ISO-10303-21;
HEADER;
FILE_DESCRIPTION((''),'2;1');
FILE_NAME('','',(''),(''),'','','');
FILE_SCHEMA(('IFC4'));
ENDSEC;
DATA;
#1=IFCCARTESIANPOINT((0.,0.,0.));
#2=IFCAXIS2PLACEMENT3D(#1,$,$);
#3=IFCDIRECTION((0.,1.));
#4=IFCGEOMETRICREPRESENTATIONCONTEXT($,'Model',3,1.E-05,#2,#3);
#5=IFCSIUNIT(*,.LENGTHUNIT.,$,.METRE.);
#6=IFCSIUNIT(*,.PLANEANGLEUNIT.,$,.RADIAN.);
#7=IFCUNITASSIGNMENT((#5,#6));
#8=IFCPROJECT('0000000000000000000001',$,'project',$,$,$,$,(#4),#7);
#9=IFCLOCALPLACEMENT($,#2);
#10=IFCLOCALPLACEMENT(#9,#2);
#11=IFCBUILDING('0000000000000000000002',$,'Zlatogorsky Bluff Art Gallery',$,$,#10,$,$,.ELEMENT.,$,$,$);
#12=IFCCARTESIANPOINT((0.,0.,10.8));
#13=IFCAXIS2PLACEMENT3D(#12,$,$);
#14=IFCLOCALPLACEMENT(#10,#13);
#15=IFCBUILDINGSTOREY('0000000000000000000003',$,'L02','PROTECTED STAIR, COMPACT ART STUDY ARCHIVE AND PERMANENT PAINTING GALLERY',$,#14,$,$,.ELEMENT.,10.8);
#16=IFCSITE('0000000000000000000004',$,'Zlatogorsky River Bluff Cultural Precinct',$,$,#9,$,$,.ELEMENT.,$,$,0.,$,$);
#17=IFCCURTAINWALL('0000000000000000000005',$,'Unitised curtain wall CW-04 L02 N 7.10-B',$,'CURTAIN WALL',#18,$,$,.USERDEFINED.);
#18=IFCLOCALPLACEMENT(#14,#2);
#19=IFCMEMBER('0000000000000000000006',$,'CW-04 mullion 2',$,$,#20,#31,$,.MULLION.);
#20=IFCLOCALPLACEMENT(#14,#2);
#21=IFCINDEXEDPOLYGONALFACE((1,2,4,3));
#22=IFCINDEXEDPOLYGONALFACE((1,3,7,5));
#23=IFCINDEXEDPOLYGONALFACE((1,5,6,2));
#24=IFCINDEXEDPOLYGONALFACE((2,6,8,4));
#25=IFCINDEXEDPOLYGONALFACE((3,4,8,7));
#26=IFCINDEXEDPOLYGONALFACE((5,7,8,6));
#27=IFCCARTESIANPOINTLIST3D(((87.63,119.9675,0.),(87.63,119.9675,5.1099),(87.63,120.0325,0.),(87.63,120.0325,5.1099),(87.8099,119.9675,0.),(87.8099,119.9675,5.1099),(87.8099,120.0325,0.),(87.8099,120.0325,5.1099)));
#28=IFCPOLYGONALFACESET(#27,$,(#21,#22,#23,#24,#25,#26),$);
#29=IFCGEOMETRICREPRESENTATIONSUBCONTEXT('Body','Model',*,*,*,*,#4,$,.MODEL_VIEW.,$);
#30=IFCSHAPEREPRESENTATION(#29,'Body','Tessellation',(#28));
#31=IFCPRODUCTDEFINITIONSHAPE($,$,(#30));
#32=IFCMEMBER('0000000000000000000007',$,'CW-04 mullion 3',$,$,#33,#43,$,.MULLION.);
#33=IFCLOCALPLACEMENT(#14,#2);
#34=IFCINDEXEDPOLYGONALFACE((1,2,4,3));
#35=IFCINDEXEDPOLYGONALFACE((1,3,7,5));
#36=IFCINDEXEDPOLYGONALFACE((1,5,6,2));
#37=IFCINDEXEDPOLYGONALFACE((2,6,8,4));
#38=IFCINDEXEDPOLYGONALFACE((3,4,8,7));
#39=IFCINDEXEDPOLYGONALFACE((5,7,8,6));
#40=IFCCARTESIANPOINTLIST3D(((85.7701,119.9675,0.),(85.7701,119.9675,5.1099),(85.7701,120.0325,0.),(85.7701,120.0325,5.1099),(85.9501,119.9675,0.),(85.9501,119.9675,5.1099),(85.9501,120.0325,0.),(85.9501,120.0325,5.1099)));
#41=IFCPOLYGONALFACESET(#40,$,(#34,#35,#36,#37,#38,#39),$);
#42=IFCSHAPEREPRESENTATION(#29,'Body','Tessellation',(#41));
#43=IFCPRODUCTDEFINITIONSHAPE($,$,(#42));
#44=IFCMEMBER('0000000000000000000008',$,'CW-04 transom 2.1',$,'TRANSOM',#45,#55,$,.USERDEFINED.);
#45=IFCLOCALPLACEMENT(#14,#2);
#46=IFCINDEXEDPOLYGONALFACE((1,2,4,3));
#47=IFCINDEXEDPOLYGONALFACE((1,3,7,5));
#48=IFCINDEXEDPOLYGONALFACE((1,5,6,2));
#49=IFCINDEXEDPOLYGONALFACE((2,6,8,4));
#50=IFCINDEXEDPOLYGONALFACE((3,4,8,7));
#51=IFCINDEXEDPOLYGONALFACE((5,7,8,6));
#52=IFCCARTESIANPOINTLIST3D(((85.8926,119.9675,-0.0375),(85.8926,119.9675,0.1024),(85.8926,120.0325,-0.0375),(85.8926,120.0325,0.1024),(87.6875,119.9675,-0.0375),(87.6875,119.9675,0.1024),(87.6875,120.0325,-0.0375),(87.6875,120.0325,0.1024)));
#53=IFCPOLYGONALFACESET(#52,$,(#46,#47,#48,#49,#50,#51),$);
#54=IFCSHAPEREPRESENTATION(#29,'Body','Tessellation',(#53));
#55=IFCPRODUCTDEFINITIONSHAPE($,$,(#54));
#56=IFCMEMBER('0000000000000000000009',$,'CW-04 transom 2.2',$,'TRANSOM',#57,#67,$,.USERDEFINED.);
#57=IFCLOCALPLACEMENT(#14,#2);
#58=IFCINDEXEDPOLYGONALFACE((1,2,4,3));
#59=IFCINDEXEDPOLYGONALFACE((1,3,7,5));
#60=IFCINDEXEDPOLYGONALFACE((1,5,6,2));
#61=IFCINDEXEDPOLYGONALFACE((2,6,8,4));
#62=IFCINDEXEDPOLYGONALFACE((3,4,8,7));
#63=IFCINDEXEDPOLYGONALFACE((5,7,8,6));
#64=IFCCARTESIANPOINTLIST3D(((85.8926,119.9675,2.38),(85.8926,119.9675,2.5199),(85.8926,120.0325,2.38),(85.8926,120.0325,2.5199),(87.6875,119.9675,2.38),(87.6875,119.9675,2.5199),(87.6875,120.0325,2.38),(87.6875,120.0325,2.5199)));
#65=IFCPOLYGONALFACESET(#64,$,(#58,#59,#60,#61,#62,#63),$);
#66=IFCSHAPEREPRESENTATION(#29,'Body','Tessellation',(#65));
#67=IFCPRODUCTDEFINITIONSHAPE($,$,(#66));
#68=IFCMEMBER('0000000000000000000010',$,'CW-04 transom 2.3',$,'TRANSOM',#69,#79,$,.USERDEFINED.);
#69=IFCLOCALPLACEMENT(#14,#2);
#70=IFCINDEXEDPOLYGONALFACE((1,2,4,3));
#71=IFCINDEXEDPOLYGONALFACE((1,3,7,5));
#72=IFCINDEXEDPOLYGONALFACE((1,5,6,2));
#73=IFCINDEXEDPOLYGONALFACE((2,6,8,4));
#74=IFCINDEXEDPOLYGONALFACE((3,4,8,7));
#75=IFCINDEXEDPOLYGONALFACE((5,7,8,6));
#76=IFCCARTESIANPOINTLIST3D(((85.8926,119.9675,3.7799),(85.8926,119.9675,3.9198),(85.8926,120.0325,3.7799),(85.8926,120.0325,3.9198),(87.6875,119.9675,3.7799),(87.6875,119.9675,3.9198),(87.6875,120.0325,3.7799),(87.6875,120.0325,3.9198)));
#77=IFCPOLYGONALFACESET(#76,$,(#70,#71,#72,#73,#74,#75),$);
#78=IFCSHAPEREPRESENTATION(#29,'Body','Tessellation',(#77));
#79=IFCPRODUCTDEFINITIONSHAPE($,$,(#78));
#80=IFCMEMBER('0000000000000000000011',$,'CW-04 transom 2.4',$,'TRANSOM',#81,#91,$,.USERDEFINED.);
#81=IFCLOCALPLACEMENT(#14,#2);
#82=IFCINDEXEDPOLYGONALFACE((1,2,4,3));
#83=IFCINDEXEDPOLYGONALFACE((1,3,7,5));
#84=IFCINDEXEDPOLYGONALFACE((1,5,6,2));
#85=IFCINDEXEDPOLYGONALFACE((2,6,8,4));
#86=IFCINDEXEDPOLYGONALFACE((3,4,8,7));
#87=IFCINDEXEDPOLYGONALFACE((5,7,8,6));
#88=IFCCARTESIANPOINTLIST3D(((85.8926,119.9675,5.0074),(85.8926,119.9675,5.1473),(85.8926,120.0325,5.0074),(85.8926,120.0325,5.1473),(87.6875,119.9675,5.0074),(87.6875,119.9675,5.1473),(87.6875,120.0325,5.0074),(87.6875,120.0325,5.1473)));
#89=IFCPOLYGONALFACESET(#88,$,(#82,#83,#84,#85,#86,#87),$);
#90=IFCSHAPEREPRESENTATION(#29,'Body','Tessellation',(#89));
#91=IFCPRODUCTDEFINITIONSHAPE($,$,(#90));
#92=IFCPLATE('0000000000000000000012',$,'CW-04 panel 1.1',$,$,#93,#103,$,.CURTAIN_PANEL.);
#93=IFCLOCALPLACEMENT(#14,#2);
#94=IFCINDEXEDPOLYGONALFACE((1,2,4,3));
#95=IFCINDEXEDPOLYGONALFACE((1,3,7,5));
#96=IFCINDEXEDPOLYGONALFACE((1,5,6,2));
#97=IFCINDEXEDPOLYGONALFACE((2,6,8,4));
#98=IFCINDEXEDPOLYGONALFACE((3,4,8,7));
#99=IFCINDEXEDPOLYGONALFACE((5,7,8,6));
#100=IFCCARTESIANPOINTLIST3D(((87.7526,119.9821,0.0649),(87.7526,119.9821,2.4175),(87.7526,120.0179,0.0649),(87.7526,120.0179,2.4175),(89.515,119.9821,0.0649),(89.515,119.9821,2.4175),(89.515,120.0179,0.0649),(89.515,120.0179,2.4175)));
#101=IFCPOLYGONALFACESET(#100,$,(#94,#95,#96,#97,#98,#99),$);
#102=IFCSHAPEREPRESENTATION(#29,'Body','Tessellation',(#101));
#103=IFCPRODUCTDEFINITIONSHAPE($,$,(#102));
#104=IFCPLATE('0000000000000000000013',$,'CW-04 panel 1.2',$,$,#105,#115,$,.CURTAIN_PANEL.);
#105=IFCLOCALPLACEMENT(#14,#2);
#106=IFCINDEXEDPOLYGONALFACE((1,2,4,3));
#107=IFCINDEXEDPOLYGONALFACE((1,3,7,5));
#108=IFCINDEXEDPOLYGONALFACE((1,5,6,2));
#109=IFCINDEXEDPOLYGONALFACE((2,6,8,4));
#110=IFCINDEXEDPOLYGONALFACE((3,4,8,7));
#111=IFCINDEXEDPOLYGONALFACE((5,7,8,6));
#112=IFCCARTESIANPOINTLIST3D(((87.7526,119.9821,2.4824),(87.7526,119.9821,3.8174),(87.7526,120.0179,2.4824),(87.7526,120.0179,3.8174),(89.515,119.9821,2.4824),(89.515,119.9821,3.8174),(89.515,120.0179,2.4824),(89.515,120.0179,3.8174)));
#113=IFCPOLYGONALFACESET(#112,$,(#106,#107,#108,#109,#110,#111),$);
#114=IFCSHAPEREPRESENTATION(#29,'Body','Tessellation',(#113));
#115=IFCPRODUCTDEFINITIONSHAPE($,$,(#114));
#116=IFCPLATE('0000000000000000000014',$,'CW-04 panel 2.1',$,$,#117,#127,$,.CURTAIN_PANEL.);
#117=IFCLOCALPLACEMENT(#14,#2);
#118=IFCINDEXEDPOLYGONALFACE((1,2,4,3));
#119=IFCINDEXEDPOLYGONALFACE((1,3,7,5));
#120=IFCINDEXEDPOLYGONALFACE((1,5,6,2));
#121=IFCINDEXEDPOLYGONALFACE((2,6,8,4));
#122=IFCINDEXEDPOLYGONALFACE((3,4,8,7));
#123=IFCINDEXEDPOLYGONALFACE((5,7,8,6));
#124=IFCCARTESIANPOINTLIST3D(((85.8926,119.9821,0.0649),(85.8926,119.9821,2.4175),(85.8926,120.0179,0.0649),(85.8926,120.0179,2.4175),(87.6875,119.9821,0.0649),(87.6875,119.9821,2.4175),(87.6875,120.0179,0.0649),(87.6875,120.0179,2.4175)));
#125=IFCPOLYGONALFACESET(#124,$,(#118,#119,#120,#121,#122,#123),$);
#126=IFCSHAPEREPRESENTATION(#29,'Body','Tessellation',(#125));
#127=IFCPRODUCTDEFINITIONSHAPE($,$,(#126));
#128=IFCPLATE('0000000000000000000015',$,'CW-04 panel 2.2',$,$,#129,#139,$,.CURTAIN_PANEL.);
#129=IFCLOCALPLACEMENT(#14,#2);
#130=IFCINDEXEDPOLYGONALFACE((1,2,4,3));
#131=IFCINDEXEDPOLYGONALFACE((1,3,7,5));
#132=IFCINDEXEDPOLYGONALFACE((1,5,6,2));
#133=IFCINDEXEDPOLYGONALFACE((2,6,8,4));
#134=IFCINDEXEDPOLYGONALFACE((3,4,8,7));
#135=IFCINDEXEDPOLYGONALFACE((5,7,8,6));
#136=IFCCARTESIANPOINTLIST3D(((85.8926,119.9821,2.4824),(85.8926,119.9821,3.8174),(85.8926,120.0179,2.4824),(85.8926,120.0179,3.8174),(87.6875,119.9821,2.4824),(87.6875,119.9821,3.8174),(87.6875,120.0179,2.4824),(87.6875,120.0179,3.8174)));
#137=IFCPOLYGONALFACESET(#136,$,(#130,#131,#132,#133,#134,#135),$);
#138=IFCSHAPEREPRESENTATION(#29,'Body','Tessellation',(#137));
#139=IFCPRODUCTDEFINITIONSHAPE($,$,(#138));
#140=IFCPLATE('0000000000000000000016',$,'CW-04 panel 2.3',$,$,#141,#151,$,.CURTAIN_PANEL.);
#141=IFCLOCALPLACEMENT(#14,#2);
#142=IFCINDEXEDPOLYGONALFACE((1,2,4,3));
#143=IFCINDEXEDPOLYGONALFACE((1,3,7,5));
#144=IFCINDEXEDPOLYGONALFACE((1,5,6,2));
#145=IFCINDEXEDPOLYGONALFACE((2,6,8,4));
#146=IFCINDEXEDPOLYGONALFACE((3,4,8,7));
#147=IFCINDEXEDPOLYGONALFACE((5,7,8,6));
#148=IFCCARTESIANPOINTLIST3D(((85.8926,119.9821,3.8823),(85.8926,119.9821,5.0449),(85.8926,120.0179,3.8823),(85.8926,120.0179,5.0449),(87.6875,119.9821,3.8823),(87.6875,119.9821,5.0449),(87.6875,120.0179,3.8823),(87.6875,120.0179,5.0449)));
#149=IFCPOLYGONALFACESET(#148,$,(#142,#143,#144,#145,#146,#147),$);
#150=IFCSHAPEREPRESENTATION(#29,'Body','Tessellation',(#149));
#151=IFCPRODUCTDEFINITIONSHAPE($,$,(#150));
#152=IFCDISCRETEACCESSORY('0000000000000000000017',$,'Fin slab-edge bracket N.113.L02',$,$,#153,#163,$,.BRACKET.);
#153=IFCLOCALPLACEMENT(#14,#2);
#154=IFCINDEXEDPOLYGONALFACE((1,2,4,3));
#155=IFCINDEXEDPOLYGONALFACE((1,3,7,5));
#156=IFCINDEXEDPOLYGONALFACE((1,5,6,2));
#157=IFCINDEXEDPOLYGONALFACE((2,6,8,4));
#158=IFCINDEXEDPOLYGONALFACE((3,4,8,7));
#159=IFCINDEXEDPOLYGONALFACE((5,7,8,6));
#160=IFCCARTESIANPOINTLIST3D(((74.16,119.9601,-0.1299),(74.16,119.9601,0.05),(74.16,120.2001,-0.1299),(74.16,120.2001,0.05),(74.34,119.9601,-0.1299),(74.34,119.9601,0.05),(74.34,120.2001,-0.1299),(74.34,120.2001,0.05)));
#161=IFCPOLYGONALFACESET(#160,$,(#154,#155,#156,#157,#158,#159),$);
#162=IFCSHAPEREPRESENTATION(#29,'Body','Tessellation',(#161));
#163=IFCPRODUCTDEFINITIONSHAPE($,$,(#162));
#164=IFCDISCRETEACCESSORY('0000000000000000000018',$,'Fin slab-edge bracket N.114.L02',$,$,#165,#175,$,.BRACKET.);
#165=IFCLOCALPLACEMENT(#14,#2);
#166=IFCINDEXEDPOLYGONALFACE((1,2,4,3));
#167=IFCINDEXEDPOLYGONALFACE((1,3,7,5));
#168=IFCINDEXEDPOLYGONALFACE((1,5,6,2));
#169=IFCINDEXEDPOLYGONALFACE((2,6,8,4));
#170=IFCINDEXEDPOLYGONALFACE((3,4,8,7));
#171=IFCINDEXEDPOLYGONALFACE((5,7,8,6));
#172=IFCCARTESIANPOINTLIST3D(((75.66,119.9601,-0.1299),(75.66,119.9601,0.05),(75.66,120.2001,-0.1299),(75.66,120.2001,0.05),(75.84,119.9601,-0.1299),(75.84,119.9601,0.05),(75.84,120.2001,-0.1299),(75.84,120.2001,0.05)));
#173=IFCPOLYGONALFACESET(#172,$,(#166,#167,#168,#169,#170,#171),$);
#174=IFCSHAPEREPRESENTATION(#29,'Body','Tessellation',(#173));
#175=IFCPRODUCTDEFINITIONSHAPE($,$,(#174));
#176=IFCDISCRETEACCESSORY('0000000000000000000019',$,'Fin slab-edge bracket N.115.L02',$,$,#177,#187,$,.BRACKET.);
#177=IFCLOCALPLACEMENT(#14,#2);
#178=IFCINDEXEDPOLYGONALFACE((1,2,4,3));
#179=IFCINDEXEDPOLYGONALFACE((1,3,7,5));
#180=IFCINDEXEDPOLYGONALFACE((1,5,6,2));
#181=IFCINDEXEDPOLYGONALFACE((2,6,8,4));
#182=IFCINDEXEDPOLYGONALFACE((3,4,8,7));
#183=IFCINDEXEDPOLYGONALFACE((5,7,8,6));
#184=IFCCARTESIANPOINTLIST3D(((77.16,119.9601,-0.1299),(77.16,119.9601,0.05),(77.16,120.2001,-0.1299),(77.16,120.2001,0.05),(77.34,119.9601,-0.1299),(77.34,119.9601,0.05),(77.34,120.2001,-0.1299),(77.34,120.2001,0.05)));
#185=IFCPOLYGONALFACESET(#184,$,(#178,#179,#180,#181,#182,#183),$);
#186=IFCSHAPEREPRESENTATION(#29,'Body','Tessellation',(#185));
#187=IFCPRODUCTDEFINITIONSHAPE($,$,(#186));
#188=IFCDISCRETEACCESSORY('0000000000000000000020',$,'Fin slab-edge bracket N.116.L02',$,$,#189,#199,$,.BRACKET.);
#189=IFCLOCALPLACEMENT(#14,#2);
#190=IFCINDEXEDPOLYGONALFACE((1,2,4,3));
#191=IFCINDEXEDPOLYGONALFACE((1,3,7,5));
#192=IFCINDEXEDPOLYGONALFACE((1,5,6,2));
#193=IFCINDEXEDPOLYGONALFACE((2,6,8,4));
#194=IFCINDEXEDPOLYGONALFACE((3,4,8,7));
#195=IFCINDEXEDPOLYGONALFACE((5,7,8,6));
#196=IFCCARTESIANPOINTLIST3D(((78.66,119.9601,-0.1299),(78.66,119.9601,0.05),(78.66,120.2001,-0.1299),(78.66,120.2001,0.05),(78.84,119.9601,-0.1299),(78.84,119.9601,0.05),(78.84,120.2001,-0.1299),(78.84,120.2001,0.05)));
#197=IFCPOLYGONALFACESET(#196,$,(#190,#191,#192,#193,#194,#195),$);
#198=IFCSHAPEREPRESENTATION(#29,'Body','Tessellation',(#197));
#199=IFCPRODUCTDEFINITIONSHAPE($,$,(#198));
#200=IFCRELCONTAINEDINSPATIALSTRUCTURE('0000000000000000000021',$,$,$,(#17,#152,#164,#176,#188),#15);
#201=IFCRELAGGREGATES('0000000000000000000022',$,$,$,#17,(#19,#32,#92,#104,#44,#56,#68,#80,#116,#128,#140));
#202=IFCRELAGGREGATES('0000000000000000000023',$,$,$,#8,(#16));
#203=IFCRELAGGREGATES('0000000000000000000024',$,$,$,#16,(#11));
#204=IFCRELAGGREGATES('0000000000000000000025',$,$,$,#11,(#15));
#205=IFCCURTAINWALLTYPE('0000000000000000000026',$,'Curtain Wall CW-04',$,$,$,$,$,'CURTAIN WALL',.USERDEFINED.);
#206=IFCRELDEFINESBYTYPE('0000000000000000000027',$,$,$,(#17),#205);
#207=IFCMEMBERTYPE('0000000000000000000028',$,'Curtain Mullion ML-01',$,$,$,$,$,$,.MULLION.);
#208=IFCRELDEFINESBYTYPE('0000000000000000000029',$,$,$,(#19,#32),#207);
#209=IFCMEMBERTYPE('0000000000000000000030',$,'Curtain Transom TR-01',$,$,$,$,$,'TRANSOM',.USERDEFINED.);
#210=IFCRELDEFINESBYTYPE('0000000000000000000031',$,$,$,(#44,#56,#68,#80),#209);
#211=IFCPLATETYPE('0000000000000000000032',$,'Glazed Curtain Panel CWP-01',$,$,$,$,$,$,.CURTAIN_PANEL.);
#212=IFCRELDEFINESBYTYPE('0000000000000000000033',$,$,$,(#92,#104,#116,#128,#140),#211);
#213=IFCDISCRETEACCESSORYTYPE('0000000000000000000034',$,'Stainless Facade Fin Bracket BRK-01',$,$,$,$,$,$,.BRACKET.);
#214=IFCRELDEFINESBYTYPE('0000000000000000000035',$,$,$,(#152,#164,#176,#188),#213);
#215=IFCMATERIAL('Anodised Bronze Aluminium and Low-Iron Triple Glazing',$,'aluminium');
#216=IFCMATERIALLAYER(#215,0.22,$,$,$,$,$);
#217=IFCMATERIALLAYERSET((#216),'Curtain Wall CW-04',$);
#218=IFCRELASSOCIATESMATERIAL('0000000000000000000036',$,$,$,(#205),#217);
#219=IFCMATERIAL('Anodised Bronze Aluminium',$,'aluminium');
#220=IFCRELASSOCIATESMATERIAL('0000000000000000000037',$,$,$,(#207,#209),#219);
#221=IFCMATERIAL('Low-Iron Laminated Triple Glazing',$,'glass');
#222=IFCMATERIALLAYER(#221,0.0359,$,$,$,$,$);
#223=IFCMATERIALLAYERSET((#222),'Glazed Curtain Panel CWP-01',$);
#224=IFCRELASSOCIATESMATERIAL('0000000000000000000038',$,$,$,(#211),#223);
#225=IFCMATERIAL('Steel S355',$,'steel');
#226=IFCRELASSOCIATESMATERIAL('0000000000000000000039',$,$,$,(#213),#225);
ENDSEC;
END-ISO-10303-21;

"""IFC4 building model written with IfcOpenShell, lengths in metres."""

from ifc_helpers import new_model, si_unit, direction, frame, origin, origin_2d, place, context, subcontext, project, spatial, rectangle, extrude, material, layer, layer_set, material_profile, profile_set, type_object, element, aggregate, save


model = new_model("IFC4")

# Units and contexts
model_context = context("Model", 3, precision=1e-05, world=origin(), true_north=direction((0.0, 1.0)))
body_context = subcontext(model_context, "Body", "Model", "MODEL_VIEW")
ifc_project = project(units=[si_unit("LENGTHUNIT", "METRE"), si_unit("PLANEANGLEUNIT", "RADIAN")], contexts=[model_context])

# Site, building, storey
site_placement = place(None, origin())
site = spatial("IfcSite", under=ifc_project, at=site_placement, Name="Zlatogorsky River Bluff Cultural Precinct", CompositionType="ELEMENT", RefElevation=0.0)
building_placement = place(site_placement, origin())
building = spatial("IfcBuilding", under=site, at=building_placement, Name="Zlatogorsky Bluff Art Gallery", CompositionType="ELEMENT")
storey_placement = place(building_placement, frame((0.0, 0.0, 10.8)))
storey = spatial("IfcBuildingStorey", under=building, at=storey_placement, Name="L02", Description="PROTECTED STAIR, COMPACT ART STUDY ARCHIVE AND PERMANENT PAINTING GALLERY", CompositionType="ELEMENT", Elevation=10.8)

# Curtain wall, members, plates
ifc_material_1 = material(Name="Anodised Bronze Aluminium and Low-Iron Triple Glazing", Category="aluminium")
ifc_layer_1 = layer(ifc_material_1, 0.22)
ifc_layer_set_1 = layer_set([ifc_layer_1], Name="Curtain Wall CW-04")
curtain_wall_type = type_object("IfcCurtainWallType", Name="Curtain Wall CW-04", ElementType="CURTAIN WALL", PredefinedType="USERDEFINED", material=ifc_layer_set_1)
curtain_wall_placement = place(storey_placement, origin())
curtain_wall = element("IfcCurtainWall", 1, at=curtain_wall_placement, inside=storey, type_object=curtain_wall_type, Name="Unitised curtain wall CW-04 L02 N 7.10-B", ObjectType="CURTAIN WALL", PredefinedType="USERDEFINED")
ifc_material_2 = material(Name="Anodised Bronze Aluminium", Category="aluminium")
ifc_material_profile_1 = material_profile(ifc_material_2, rectangle(XDim=0.0649, YDim=0.1799, at=origin_2d()), Name="ALU MULLION 65x180")
ifc_profile_set_1 = profile_set([ifc_material_profile_1], Name="Anodised Bronze Aluminium")
member_type_1 = type_object("IfcMemberType", Name="Curtain Mullion ML-01", PredefinedType="MULLION", material=ifc_profile_set_1)
member_1_placement = place(storey_placement, frame((87.72, 120.0, 0.0), z_axis=(0.0, 0.0, 1.0), x_axis=(0.0, -1.0, 0.0)))
member_1 = element("IfcMember", 2, at=member_1_placement, type_object=member_type_1, Name="CW-04 mullion 2", PredefinedType="MULLION", context=body_context, shape_type="SweptSolid", body=[
    extrude(rectangle(XDim=0.0649, YDim=0.1799, at=origin_2d()), origin(), (0.0, 0.0, 1.0), 5.1099),
])
member_2_placement = place(storey_placement, frame((85.8601, 120.0, 0.0), z_axis=(0.0, 0.0, 1.0), x_axis=(0.0, -1.0, 0.0)))
member_2 = element("IfcMember", 3, at=member_2_placement, type_object=member_type_1, Name="CW-04 mullion 3", PredefinedType="MULLION", context=body_context, shape_type="SweptSolid", body=[
    extrude(rectangle(XDim=0.0649, YDim=0.1799, at=origin_2d()), origin(), (0.0, 0.0, 1.0), 5.1099),
])
ifc_material_profile_2 = material_profile(ifc_material_2, rectangle(XDim=0.0649, YDim=0.1399, at=origin_2d()), Name="ALU TRANSOM 65x140")
ifc_profile_set_2 = profile_set([ifc_material_profile_2], Name="Anodised Bronze Aluminium")
member_type_2 = type_object("IfcMemberType", Name="Curtain Transom TR-01", ElementType="TRANSOM", PredefinedType="USERDEFINED", material=ifc_profile_set_2)
member_3_placement = place(storey_placement, frame((87.6875, 120.0, 0.0325), z_axis=(-1.0, 0.0, 0.0), x_axis=(0.0, -1.0, 0.0)))
member_3 = element("IfcMember", 4, at=member_3_placement, type_object=member_type_2, Name="CW-04 transom 2.1", ObjectType="TRANSOM", PredefinedType="USERDEFINED", context=body_context, shape_type="SweptSolid", body=[
    extrude(rectangle(XDim=0.0649, YDim=0.1399, at=origin_2d()), origin(), (0.0, 0.0, 1.0), 1.7949),
])
member_4_placement = place(storey_placement, frame((87.6875, 120.0, 2.45), z_axis=(-1.0, 0.0, 0.0), x_axis=(0.0, -1.0, 0.0)))
member_4 = element("IfcMember", 5, at=member_4_placement, type_object=member_type_2, Name="CW-04 transom 2.2", ObjectType="TRANSOM", PredefinedType="USERDEFINED", context=body_context, shape_type="SweptSolid", body=[
    extrude(rectangle(XDim=0.0649, YDim=0.1399, at=origin_2d()), origin(), (0.0, 0.0, 1.0), 1.7949),
])
member_5_placement = place(storey_placement, frame((87.6875, 120.0, 3.8499), z_axis=(-1.0, 0.0, 0.0), x_axis=(0.0, -1.0, 0.0)))
member_5 = element("IfcMember", 6, at=member_5_placement, type_object=member_type_2, Name="CW-04 transom 2.3", ObjectType="TRANSOM", PredefinedType="USERDEFINED", context=body_context, shape_type="SweptSolid", body=[
    extrude(rectangle(XDim=0.0649, YDim=0.1399, at=origin_2d()), origin(), (0.0, 0.0, 1.0), 1.7949),
])
member_6_placement = place(storey_placement, frame((87.6875, 120.0, 5.0774), z_axis=(-1.0, 0.0, 0.0), x_axis=(0.0, -1.0, 0.0)))
member_6 = element("IfcMember", 7, at=member_6_placement, type_object=member_type_2, Name="CW-04 transom 2.4", ObjectType="TRANSOM", PredefinedType="USERDEFINED", context=body_context, shape_type="SweptSolid", body=[
    extrude(rectangle(XDim=0.0649, YDim=0.1399, at=origin_2d()), origin(), (0.0, 0.0, 1.0), 1.7949),
])
ifc_material_3 = material(Name="Low-Iron Laminated Triple Glazing", Category="glass")
ifc_layer_2 = layer(ifc_material_3, 0.0359)
ifc_layer_set_2 = layer_set([ifc_layer_2], Name="Glazed Curtain Panel CWP-01")
plate_type = type_object("IfcPlateType", Name="Glazed Curtain Panel CWP-01", PredefinedType="CURTAIN_PANEL", material=ifc_layer_set_2)
plate_1_placement = place(storey_placement, frame((88.6338, 120.0, 0.0649), z_axis=(0.0, 0.0, 1.0), x_axis=(-1.0, 0.0, 0.0)))
plate_1 = element("IfcPlate", 8, at=plate_1_placement, type_object=plate_type, Name="CW-04 panel 1.1", PredefinedType="CURTAIN_PANEL", context=body_context, shape_type="SweptSolid", body=[
    extrude(rectangle(XDim=1.7625, YDim=0.0359, at=origin_2d()), origin(), (0.0, 0.0, 1.0), 2.3525),
])
plate_2_placement = place(storey_placement, frame((88.6338, 120.0, 2.4824), z_axis=(0.0, 0.0, 1.0), x_axis=(-1.0, 0.0, 0.0)))
plate_2 = element("IfcPlate", 9, at=plate_2_placement, type_object=plate_type, Name="CW-04 panel 1.2", PredefinedType="CURTAIN_PANEL", context=body_context, shape_type="SweptSolid", body=[
    extrude(rectangle(XDim=1.7625, YDim=0.0359, at=origin_2d()), origin(), (0.0, 0.0, 1.0), 1.335),
])
plate_3_placement = place(storey_placement, frame((86.79, 120.0, 0.0649), z_axis=(0.0, 0.0, 1.0), x_axis=(-1.0, 0.0, 0.0)))
plate_3 = element("IfcPlate", 10, at=plate_3_placement, type_object=plate_type, Name="CW-04 panel 2.1", PredefinedType="CURTAIN_PANEL", context=body_context, shape_type="SweptSolid", body=[
    extrude(rectangle(XDim=1.7949, YDim=0.0359, at=origin_2d()), origin(), (0.0, 0.0, 1.0), 2.3525),
])
plate_4_placement = place(storey_placement, frame((86.79, 120.0, 2.4824), z_axis=(0.0, 0.0, 1.0), x_axis=(-1.0, 0.0, 0.0)))
plate_4 = element("IfcPlate", 11, at=plate_4_placement, type_object=plate_type, Name="CW-04 panel 2.2", PredefinedType="CURTAIN_PANEL", context=body_context, shape_type="SweptSolid", body=[
    extrude(rectangle(XDim=1.7949, YDim=0.0359, at=origin_2d()), origin(), (0.0, 0.0, 1.0), 1.335),
])
plate_5_placement = place(storey_placement, frame((86.79, 120.0, 3.8823), z_axis=(0.0, 0.0, 1.0), x_axis=(-1.0, 0.0, 0.0)))
plate_5 = element("IfcPlate", 12, at=plate_5_placement, type_object=plate_type, Name="CW-04 panel 2.3", PredefinedType="CURTAIN_PANEL", context=body_context, shape_type="SweptSolid", body=[
    extrude(rectangle(XDim=1.7949, YDim=0.0359, at=origin_2d()), origin(), (0.0, 0.0, 1.0), 1.1626),
])
aggregate(curtain_wall, [member_1, member_2, plate_1, plate_2, member_3, member_4, member_5, member_6, plate_3, plate_4, plate_5])

# Discrete accessories
ifc_material_4 = material(Name="Steel S355", Category="steel")
discrete_accessory_type = type_object("IfcDiscreteAccessoryType", Name="Stainless Facade Fin Bracket BRK-01", PredefinedType="BRACKET", material=ifc_material_4)
for number, where, z_axis, x_axis, name in (
    (13, (74.25, 120.0801, -0.1299), (0.0, 0.0, 1.0), (1.0, 0.0, 0.0), "Fin slab-edge bracket N.113.L02"),
    (14, (75.75, 120.0801, -0.1299), (0.0, 0.0, 1.0), (1.0, 0.0, 0.0), "Fin slab-edge bracket N.114.L02"),
    (15, (77.25, 120.0801, -0.1299), (0.0, 0.0, 1.0), (1.0, 0.0, 0.0), "Fin slab-edge bracket N.115.L02"),
    (16, (78.75, 120.0801, -0.1299), (0.0, 0.0, 1.0), (1.0, 0.0, 0.0), "Fin slab-edge bracket N.116.L02"),
):
    element("IfcDiscreteAccessory", number, at=place(storey_placement, frame(where, z_axis=z_axis, x_axis=x_axis)), inside=storey, type_object=discrete_accessory_type, Name=name, PredefinedType="BRACKET", context=body_context, shape_type="SweptSolid", body=[
        extrude(rectangle(XDim=0.1799, YDim=0.24, at=origin_2d()), origin(), (0.0, 0.0, 1.0), 0.1799),
    ])

save(model, "model.ifc")
